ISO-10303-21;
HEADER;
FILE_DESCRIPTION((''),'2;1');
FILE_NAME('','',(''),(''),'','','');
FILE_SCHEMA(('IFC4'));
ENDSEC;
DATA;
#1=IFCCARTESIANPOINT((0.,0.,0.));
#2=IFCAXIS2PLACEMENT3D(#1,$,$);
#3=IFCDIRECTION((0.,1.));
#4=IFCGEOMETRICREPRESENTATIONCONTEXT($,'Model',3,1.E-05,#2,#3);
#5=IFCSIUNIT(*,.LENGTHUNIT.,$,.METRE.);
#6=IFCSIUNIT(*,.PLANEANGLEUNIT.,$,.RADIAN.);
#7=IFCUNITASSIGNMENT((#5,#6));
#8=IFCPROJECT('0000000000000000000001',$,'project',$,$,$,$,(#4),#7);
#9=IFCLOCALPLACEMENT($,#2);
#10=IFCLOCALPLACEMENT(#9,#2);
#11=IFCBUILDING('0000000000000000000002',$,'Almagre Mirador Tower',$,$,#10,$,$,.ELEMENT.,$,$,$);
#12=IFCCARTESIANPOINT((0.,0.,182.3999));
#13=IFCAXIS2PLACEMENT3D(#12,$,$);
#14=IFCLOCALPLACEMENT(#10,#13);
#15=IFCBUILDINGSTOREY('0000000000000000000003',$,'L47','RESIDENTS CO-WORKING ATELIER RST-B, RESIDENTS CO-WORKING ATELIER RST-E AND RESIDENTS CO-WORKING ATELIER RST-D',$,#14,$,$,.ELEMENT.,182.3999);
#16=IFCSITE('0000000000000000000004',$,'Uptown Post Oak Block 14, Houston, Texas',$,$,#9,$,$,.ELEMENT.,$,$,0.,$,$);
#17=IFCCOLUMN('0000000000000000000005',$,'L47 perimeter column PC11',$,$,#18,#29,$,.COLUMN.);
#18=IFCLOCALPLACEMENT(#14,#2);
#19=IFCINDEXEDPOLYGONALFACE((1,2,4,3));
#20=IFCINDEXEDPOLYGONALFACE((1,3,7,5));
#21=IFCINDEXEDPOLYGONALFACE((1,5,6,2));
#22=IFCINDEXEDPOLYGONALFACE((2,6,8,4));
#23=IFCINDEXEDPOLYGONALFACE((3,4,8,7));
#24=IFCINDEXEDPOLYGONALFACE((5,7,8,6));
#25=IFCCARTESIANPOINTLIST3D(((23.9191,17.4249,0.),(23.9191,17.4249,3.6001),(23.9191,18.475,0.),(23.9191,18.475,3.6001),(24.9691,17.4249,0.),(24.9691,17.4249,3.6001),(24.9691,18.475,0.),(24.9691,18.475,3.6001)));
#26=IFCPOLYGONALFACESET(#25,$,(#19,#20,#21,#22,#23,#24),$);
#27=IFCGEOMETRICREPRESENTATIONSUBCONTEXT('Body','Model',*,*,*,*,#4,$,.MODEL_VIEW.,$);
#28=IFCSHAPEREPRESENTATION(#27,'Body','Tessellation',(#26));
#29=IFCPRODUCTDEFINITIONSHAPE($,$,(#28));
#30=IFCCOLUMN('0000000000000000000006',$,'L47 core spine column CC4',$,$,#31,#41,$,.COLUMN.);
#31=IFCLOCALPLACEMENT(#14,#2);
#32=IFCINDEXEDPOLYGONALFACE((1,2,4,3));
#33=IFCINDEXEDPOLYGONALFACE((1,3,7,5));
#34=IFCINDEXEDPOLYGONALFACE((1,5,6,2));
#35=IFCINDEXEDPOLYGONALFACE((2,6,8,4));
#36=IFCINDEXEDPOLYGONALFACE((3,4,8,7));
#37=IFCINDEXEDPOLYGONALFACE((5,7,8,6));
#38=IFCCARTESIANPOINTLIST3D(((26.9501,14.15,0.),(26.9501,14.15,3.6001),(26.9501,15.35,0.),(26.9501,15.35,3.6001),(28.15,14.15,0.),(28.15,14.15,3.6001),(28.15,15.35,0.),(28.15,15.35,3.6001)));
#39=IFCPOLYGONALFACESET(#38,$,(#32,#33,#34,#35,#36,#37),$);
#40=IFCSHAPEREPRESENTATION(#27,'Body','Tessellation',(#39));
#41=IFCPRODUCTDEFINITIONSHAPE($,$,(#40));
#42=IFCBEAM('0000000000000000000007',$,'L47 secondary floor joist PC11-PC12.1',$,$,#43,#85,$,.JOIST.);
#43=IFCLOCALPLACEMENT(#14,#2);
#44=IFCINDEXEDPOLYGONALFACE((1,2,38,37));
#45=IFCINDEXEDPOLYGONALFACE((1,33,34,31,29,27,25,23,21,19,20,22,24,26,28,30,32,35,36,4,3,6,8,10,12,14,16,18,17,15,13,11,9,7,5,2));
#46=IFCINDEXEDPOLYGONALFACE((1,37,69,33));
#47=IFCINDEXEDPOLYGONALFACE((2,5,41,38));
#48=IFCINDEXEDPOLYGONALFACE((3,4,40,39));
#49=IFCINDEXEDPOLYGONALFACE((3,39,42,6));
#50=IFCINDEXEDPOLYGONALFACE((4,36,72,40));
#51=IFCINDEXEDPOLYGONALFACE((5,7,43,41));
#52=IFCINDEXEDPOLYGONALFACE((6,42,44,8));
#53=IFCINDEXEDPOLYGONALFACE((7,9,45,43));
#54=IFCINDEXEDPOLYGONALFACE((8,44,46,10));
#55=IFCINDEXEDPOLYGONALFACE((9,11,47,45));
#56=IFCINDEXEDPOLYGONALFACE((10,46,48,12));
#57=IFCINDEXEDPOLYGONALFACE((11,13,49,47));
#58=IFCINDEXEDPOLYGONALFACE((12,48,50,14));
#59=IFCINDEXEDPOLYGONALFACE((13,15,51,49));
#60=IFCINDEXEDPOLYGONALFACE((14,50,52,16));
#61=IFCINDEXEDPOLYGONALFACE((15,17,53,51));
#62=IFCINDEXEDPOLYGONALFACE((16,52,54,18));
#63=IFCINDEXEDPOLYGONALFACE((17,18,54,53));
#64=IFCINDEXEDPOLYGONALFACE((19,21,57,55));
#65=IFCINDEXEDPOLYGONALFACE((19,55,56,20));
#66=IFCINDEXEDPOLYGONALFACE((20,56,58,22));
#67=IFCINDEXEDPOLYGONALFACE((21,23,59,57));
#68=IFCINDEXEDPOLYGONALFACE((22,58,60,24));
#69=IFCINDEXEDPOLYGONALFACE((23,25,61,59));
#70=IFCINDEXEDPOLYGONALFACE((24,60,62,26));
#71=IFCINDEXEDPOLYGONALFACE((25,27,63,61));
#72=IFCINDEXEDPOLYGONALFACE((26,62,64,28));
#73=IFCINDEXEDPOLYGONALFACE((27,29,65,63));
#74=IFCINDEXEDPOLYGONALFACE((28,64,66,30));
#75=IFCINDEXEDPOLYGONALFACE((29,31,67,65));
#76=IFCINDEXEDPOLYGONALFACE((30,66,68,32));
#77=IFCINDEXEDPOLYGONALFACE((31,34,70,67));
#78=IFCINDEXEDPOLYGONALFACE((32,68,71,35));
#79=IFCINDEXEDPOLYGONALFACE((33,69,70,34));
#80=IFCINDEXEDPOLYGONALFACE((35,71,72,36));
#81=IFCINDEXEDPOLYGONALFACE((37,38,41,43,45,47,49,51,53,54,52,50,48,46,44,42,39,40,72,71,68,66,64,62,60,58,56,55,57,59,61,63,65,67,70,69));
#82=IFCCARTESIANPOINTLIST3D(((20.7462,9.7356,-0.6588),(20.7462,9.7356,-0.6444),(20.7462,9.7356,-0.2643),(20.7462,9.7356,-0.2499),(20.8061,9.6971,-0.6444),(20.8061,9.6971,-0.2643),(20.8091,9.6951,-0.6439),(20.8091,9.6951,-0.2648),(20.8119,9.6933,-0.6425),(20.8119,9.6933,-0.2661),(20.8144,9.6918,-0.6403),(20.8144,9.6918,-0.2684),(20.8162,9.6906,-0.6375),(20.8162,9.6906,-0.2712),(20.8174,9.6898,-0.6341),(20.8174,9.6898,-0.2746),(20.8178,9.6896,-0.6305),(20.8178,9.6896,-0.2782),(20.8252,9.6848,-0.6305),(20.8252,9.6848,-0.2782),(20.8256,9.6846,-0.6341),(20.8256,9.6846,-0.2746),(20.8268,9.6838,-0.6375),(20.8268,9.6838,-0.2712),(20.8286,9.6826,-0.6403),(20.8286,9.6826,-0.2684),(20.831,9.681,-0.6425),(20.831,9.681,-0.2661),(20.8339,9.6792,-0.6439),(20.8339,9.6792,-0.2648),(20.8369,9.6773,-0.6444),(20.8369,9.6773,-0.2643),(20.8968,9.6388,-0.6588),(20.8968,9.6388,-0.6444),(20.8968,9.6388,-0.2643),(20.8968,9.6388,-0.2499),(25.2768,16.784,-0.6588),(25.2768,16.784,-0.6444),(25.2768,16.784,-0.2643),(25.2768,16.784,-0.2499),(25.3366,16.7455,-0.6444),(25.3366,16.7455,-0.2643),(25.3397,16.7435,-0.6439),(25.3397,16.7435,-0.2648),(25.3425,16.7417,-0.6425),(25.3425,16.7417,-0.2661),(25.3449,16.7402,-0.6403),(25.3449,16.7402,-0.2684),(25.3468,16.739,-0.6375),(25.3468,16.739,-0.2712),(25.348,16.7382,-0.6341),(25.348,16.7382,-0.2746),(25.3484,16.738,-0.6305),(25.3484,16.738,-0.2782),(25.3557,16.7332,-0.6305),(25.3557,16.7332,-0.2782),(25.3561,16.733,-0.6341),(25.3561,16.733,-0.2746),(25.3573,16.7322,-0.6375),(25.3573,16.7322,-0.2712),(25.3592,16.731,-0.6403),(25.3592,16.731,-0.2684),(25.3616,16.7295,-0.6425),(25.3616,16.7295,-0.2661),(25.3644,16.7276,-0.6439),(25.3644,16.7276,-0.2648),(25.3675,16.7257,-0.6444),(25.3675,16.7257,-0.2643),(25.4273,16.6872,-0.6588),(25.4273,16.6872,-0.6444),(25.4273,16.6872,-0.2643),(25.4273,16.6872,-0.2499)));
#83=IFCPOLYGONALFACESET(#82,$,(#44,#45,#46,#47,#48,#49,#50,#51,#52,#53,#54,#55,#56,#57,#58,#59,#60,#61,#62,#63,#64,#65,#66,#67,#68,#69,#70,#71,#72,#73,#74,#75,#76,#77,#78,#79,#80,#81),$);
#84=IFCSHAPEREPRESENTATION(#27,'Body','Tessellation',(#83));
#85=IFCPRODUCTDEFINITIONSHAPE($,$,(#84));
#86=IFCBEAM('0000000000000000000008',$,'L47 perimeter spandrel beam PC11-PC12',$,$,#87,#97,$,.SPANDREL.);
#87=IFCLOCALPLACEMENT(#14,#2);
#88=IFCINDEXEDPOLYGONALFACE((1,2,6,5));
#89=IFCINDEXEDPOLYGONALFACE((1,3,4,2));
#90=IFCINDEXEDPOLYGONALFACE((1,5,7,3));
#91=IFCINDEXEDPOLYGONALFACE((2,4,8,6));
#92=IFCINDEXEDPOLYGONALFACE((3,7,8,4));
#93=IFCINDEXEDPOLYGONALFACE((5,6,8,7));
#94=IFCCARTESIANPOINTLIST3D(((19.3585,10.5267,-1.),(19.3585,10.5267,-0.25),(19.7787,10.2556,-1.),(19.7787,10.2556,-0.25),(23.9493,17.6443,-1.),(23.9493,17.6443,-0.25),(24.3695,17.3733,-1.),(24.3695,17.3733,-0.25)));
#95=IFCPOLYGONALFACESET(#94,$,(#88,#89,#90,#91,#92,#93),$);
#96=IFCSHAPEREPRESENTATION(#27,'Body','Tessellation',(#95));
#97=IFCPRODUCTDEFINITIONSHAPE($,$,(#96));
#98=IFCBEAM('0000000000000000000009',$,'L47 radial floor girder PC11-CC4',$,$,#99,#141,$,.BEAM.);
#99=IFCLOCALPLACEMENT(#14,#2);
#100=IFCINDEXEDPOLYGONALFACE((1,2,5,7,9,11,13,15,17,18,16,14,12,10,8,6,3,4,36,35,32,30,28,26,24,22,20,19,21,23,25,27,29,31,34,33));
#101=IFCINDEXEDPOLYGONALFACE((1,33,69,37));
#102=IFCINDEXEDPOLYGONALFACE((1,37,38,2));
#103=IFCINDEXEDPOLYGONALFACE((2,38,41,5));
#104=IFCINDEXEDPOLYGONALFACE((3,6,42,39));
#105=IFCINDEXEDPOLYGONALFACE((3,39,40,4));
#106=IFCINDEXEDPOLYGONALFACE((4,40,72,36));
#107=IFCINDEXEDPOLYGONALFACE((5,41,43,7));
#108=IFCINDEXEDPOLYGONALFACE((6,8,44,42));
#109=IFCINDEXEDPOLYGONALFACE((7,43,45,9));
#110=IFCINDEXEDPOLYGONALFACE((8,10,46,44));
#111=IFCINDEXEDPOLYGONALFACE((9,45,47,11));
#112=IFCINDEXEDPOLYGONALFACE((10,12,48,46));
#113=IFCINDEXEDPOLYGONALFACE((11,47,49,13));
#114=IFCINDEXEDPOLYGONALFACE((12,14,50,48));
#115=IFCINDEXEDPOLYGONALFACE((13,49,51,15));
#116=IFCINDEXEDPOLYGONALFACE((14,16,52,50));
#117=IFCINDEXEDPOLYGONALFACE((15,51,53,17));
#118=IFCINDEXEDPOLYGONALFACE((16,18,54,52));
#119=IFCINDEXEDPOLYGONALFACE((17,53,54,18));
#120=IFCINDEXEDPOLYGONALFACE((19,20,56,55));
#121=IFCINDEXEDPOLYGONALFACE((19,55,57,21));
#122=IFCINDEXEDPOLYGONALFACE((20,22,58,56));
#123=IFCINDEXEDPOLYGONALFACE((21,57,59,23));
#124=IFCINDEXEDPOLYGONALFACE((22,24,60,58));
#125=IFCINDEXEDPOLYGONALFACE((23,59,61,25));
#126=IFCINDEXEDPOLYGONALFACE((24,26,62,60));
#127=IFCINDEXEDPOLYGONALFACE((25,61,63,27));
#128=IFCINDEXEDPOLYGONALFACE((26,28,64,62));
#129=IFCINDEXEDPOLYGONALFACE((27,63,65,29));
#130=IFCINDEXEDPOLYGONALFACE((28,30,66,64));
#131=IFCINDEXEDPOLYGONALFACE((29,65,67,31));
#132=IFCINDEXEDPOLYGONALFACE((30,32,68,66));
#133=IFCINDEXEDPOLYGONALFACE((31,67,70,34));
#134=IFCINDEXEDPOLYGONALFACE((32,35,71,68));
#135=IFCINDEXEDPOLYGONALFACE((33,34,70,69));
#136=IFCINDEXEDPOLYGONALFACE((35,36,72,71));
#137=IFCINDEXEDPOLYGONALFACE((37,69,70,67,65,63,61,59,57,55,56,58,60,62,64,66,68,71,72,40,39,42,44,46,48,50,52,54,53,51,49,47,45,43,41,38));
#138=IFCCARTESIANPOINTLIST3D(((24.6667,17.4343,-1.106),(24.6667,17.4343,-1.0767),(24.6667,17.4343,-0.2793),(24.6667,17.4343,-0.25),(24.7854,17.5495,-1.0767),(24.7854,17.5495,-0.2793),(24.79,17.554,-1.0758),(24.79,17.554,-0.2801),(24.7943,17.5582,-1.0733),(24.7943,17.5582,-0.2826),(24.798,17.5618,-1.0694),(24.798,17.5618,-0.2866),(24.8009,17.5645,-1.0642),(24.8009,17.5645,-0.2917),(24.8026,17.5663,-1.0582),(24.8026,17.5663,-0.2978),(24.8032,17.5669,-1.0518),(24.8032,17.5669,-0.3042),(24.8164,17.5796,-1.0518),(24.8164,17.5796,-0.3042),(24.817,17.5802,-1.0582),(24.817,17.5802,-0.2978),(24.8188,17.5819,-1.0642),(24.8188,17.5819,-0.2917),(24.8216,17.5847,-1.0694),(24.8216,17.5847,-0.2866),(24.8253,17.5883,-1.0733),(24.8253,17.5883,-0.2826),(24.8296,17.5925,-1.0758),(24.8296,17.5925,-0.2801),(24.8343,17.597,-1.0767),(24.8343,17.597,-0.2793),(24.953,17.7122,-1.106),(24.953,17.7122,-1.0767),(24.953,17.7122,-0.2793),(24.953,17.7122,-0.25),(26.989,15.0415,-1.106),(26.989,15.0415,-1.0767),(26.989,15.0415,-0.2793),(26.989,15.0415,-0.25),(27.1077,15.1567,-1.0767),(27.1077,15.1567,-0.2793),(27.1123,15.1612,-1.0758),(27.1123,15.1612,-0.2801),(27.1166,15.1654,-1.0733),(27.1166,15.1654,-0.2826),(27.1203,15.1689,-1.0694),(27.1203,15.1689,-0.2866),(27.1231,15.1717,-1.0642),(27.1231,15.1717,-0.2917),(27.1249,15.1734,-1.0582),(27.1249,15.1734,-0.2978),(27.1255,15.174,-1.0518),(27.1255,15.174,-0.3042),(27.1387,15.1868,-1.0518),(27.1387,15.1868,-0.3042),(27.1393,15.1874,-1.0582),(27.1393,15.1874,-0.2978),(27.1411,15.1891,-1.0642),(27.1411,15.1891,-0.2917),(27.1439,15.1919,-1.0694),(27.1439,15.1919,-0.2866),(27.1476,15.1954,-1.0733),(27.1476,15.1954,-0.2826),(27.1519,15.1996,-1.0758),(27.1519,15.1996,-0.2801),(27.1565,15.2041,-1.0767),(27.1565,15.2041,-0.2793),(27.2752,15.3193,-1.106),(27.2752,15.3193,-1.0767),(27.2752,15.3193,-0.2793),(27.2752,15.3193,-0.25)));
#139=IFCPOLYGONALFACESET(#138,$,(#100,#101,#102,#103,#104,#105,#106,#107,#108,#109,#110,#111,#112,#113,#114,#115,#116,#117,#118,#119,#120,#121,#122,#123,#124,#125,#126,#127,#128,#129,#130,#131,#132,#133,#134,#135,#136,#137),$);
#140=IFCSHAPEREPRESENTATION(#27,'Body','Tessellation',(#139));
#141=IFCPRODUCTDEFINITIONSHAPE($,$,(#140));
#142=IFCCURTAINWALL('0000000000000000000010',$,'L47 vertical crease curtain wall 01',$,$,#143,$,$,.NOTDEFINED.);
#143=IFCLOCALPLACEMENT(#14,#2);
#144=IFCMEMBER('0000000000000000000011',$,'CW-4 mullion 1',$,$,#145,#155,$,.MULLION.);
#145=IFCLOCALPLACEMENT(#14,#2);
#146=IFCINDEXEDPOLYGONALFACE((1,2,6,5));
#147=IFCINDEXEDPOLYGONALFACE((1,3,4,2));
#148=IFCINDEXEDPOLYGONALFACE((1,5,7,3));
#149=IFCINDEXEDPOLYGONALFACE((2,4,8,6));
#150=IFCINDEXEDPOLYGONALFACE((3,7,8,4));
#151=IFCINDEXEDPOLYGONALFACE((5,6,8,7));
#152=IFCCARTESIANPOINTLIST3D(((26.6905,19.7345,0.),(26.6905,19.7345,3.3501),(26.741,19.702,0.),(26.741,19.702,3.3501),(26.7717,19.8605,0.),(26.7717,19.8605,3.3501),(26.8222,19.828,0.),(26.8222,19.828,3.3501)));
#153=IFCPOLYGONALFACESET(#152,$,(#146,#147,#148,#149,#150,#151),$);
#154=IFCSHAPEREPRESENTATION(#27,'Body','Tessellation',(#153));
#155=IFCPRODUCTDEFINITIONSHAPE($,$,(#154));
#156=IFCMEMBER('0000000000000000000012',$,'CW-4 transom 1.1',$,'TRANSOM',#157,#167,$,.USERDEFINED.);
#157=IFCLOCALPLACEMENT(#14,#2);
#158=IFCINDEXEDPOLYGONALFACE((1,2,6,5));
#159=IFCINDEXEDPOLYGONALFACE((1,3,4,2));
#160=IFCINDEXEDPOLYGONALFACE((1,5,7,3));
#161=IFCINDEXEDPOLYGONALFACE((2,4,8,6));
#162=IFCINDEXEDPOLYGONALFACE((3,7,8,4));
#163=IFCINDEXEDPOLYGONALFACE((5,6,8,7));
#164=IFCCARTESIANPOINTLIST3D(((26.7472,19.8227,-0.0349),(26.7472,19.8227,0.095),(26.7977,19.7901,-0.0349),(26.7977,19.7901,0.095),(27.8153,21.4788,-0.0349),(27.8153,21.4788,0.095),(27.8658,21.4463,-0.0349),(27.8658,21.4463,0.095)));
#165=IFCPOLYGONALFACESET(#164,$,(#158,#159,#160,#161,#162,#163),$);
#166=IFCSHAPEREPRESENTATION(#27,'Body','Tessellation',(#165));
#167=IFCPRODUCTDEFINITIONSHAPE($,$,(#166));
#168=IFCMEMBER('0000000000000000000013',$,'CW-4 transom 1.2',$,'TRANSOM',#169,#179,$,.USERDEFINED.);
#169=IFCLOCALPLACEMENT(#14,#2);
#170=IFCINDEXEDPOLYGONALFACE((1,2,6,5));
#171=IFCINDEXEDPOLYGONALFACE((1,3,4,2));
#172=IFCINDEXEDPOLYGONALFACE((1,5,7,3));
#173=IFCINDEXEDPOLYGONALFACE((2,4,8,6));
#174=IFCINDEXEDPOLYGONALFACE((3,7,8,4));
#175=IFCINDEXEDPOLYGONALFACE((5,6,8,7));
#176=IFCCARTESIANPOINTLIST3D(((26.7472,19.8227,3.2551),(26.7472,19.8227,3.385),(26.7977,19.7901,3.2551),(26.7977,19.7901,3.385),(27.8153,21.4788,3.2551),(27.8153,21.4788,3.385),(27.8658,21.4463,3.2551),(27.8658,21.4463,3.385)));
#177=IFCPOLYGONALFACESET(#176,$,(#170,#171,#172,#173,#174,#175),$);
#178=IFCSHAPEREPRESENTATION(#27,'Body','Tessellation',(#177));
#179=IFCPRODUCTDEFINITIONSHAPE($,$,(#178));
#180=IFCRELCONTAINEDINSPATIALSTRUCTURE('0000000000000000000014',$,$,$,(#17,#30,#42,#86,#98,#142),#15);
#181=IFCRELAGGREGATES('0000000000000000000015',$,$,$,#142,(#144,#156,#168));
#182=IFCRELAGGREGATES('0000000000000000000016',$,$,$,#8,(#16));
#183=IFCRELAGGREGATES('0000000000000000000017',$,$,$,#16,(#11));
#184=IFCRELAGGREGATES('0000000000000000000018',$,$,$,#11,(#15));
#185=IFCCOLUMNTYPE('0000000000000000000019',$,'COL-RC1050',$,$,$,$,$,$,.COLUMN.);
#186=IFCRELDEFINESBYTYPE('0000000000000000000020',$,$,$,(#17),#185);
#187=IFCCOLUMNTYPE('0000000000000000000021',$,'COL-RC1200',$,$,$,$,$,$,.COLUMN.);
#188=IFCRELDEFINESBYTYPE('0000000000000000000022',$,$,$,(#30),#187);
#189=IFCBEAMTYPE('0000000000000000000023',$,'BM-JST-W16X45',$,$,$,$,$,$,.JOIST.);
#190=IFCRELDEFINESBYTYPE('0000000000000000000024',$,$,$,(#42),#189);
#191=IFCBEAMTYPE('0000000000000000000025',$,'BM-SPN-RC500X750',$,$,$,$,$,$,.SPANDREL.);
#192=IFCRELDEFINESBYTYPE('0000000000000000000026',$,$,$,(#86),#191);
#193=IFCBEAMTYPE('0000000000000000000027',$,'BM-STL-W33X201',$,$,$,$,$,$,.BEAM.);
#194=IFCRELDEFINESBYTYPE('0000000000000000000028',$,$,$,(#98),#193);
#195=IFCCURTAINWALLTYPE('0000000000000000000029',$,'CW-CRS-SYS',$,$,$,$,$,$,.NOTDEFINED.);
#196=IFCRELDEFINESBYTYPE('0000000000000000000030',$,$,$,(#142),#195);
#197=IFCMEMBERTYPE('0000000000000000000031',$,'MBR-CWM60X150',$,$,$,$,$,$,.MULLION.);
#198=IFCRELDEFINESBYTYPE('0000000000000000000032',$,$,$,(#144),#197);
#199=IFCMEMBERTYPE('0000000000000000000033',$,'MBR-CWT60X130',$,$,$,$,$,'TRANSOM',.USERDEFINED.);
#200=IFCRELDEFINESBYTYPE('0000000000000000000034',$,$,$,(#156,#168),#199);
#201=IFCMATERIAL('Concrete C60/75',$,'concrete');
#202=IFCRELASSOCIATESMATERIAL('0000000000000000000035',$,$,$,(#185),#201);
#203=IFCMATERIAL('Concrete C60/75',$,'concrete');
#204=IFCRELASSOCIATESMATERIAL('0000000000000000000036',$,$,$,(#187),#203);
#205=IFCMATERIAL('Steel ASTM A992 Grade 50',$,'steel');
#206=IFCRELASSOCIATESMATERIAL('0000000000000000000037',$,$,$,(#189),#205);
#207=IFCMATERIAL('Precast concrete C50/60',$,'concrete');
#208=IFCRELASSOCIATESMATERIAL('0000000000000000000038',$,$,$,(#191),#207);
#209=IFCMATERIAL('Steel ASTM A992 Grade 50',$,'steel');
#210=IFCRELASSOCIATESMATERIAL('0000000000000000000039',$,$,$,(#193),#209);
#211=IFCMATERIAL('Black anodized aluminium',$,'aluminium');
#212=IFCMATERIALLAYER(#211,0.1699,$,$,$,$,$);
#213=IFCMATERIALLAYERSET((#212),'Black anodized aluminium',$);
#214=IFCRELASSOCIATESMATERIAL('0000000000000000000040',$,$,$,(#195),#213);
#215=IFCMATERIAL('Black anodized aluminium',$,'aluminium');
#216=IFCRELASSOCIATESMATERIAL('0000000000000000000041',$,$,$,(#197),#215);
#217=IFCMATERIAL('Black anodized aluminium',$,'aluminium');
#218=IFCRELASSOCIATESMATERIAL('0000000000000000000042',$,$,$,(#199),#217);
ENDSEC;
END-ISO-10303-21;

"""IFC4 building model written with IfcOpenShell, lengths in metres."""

from ifc_helpers import new_model, si_unit, direction, frame, origin, origin_2d, place, context, subcontext, project, spatial, rectangle, i_section, extrude, material, layer, layer_set, material_profile, profile_set, type_object, element, aggregate, save


model = new_model("IFC4")

# Units and contexts
model_context = context("Model", 3, precision=1e-05, world=origin(), true_north=direction((0.0, 1.0)))
body_context = subcontext(model_context, "Body", "Model", "MODEL_VIEW")
ifc_project = project(units=[si_unit("LENGTHUNIT", "METRE"), si_unit("PLANEANGLEUNIT", "RADIAN")], contexts=[model_context])

# Site, building, storey
site_placement = place(None, origin())
site = spatial("IfcSite", under=ifc_project, at=site_placement, Name="Uptown Post Oak Block 14, Houston, Texas", CompositionType="ELEMENT", RefElevation=0.0)
building_placement = place(site_placement, origin())
building = spatial("IfcBuilding", under=site, at=building_placement, Name="Almagre Mirador Tower", CompositionType="ELEMENT")
storey_placement = place(building_placement, frame((0.0, 0.0, 182.3999)))
storey = spatial("IfcBuildingStorey", under=building, at=storey_placement, Name="L47", Description="RESIDENTS CO-WORKING ATELIER RST-B, RESIDENTS CO-WORKING ATELIER RST-E AND RESIDENTS CO-WORKING ATELIER RST-D", CompositionType="ELEMENT", Elevation=182.3999)

# Columns
ifc_material_1 = material(Name="Concrete C60/75", Category="concrete")
ifc_material_profile_1 = material_profile(ifc_material_1, rectangle(XDim=1.05, YDim=1.05, at=origin_2d()), Name="RC1050X1050")
ifc_profile_set_1 = profile_set([ifc_material_profile_1], Name="Concrete C60/75")
column_type_1 = type_object("IfcColumnType", Name="COL-RC1050", PredefinedType="COLUMN", material=ifc_profile_set_1)
column_1_placement = place(storey_placement, frame((24.4441, 17.95, 0.0), z_axis=(0.0, 0.0, 1.0), x_axis=(1.0, 0.0, 0.0)))
element("IfcColumn", 1, at=column_1_placement, inside=storey, type_object=column_type_1, Name="L47 perimeter column PC11", PredefinedType="COLUMN", context=body_context, shape_type="SweptSolid", body=[
    extrude(rectangle(XDim=1.05, YDim=1.05, at=origin_2d()), origin(), (0.0, 0.0, 1.0), 3.6001),
])
ifc_material_2 = material(Name="Concrete C60/75", Category="concrete")
ifc_material_profile_2 = material_profile(ifc_material_2, rectangle(XDim=1.2, YDim=1.2, at=origin_2d()), Name="RC1200X1200")
ifc_profile_set_2 = profile_set([ifc_material_profile_2], Name="Concrete C60/75")
column_type_2 = type_object("IfcColumnType", Name="COL-RC1200", PredefinedType="COLUMN", material=ifc_profile_set_2)
column_2_placement = place(storey_placement, frame((27.55, 14.75, 0.0), z_axis=(0.0, 0.0, 1.0), x_axis=(1.0, 0.0, 0.0)))
element("IfcColumn", 2, at=column_2_placement, inside=storey, type_object=column_type_2, Name="L47 core spine column CC4", PredefinedType="COLUMN", context=body_context, shape_type="SweptSolid", body=[
    extrude(rectangle(XDim=1.2, YDim=1.2, at=origin_2d()), origin(), (0.0, 0.0, 1.0), 3.6001),
])

# Beams
ifc_material_3 = material(Name="Steel ASTM A992 Grade 50", Category="steel")
ifc_material_profile_3 = material_profile(ifc_material_3, i_section(OverallWidth=0.179, OverallDepth=0.4089, WebThickness=0.0088, FlangeThickness=0.0144, FilletRadius=0.0139, at=origin_2d()), Name="W16X45")
ifc_profile_set_3 = profile_set([ifc_material_profile_3], Name="Steel ASTM A992 Grade 50")
beam_type_1 = type_object("IfcBeamType", Name="BM-JST-W16X45", PredefinedType="JOIST", material=ifc_profile_set_3)
beam_1_placement = place(storey_placement, frame((25.3521, 16.7356, -0.4543), z_axis=(-0.54071, -0.841209, 0.0), x_axis=(0.841209, -0.54071, 0.0)))
element("IfcBeam", 3, at=beam_1_placement, inside=storey, type_object=beam_type_1, Name="L47 secondary floor joist PC11-PC12.1", PredefinedType="JOIST", context=body_context, shape_type="SweptSolid", body=[
    extrude(i_section(OverallWidth=0.179, OverallDepth=0.4089, WebThickness=0.0088, FlangeThickness=0.0144, FilletRadius=0.0139, at=origin_2d()), origin(), (0.0, 0.0, 1.0), 8.3789),
])
ifc_material_4 = material(Name="Precast concrete C50/60", Category="concrete")
ifc_material_profile_4 = material_profile(ifc_material_4, rectangle(XDim=0.5, YDim=0.75, at=origin_2d()), Name="RC500X750")
ifc_profile_set_4 = profile_set([ifc_material_profile_4], Name="Precast concrete C50/60")
beam_type_2 = type_object("IfcBeamType", Name="BM-SPN-RC500X750", PredefinedType="SPANDREL", material=ifc_profile_set_4)
beam_2_placement = place(storey_placement, frame((24.1594, 17.5088, -0.625), z_axis=(-0.542024, -0.840363, 0.0), x_axis=(0.840363, -0.542024, 0.0)))
element("IfcBeam", 4, at=beam_2_placement, inside=storey, type_object=beam_type_2, Name="L47 perimeter spandrel beam PC11-PC12", PredefinedType="SPANDREL", context=body_context, shape_type="SweptSolid", body=[
    extrude(rectangle(XDim=0.5, YDim=0.75, at=origin_2d()), origin(), (0.0, 0.0, 1.0), 8.4697),
])
ifc_material_5 = material(Name="Steel ASTM A992 Grade 50", Category="steel")
ifc_material_profile_5 = material_profile(ifc_material_5, i_section(OverallWidth=0.3989, OverallDepth=0.856, WebThickness=0.0183, FlangeThickness=0.0293, FilletRadius=0.0249, at=origin_2d()), Name="W33X201")
ifc_profile_set_5 = profile_set([ifc_material_profile_5], Name="Steel ASTM A992 Grade 50")
beam_type_3 = type_object("IfcBeamType", Name="BM-STL-W33X201", PredefinedType="BEAM", material=ifc_profile_set_5)
beam_3_placement = place(storey_placement, frame((24.8098, 17.5732, -0.678), z_axis=(0.696448, -0.717608, 0.0), x_axis=(0.717608, 0.696448, 0.0)))
element("IfcBeam", 5, at=beam_3_placement, inside=storey, type_object=beam_type_3, Name="L47 radial floor girder PC11-CC4", PredefinedType="BEAM", context=body_context, shape_type="SweptSolid", body=[
    extrude(i_section(OverallWidth=0.3989, OverallDepth=0.856, WebThickness=0.0183, FlangeThickness=0.0293, FilletRadius=0.0249, at=origin_2d()), origin(), (0.0, 0.0, 1.0), 3.3345),
])

# Curtain wall, members
ifc_material_6 = material(Name="Black anodized aluminium", Category="aluminium")
ifc_layer_1 = layer(ifc_material_6, 0.1699)
ifc_layer_set_1 = layer_set([ifc_layer_1], Name="Black anodized aluminium")
curtain_wall_type = type_object("IfcCurtainWallType", Name="CW-CRS-SYS", PredefinedType="NOTDEFINED", material=ifc_layer_set_1)
curtain_wall_placement = place(storey_placement, origin())
curtain_wall = element("IfcCurtainWall", 6, at=curtain_wall_placement, inside=storey, type_object=curtain_wall_type, Name="L47 vertical crease curtain wall 01", PredefinedType="NOTDEFINED")
ifc_material_7 = material(Name="Black anodized aluminium", Category="aluminium")
ifc_material_profile_6 = material_profile(ifc_material_7, rectangle(XDim=0.0601, YDim=0.1499, at=origin_2d()), Name="CWM60X150")
ifc_profile_set_6 = profile_set([ifc_material_profile_6], Name="Black anodized aluminium")
member_type_1 = type_object("IfcMemberType", Name="MBR-CWM60X150", PredefinedType="MULLION", material=ifc_profile_set_6)
member_1_placement = place(storey_placement, frame((26.7563, 19.7812, 0.0), z_axis=(0.0, 0.0, 1.0), x_axis=(-0.840416, 0.541942, 0.0)))
member_1 = element("IfcMember", 7, at=member_1_placement, type_object=member_type_1, Name="CW-4 mullion 1", PredefinedType="MULLION", context=body_context, shape_type="SweptSolid", body=[
    extrude(rectangle(XDim=0.0601, YDim=0.1499, at=origin_2d()), origin(), (0.0, 0.0, 1.0), 3.3501),
])
ifc_material_8 = material(Name="Black anodized aluminium", Category="aluminium")
ifc_material_profile_7 = material_profile(ifc_material_8, rectangle(XDim=0.0601, YDim=0.1299, at=origin_2d()), Name="CWT60X130")
ifc_profile_set_7 = profile_set([ifc_material_profile_7], Name="Black anodized aluminium")
member_type_2 = type_object("IfcMemberType", Name="MBR-CWT60X130", ElementType="TRANSOM", PredefinedType="USERDEFINED", material=ifc_profile_set_7)
member_2_placement = place(storey_placement, frame((26.7725, 19.8064, 0.03), z_axis=(0.541972, 0.840397, 0.0), x_axis=(-0.840397, 0.541972, 0.0)))
member_2 = element("IfcMember", 8, at=member_2_placement, type_object=member_type_2, Name="CW-4 transom 1.1", ObjectType="TRANSOM", PredefinedType="USERDEFINED", context=body_context, shape_type="SweptSolid", body=[
    extrude(rectangle(XDim=0.0601, YDim=0.1299, at=origin_2d()), origin(), (0.0, 0.0, 1.0), 1.9707),
])
member_3_placement = place(storey_placement, frame((26.7725, 19.8064, 3.3201), z_axis=(0.541972, 0.840397, 0.0), x_axis=(-0.840397, 0.541972, 0.0)))
member_3 = element("IfcMember", 9, at=member_3_placement, type_object=member_type_2, Name="CW-4 transom 1.2", ObjectType="TRANSOM", PredefinedType="USERDEFINED", context=body_context, shape_type="SweptSolid", body=[
    extrude(rectangle(XDim=0.0601, YDim=0.1299, at=origin_2d()), origin(), (0.0, 0.0, 1.0), 1.9707),
])
aggregate(curtain_wall, [member_1, member_2, member_3])

save(model, "model.ifc")
